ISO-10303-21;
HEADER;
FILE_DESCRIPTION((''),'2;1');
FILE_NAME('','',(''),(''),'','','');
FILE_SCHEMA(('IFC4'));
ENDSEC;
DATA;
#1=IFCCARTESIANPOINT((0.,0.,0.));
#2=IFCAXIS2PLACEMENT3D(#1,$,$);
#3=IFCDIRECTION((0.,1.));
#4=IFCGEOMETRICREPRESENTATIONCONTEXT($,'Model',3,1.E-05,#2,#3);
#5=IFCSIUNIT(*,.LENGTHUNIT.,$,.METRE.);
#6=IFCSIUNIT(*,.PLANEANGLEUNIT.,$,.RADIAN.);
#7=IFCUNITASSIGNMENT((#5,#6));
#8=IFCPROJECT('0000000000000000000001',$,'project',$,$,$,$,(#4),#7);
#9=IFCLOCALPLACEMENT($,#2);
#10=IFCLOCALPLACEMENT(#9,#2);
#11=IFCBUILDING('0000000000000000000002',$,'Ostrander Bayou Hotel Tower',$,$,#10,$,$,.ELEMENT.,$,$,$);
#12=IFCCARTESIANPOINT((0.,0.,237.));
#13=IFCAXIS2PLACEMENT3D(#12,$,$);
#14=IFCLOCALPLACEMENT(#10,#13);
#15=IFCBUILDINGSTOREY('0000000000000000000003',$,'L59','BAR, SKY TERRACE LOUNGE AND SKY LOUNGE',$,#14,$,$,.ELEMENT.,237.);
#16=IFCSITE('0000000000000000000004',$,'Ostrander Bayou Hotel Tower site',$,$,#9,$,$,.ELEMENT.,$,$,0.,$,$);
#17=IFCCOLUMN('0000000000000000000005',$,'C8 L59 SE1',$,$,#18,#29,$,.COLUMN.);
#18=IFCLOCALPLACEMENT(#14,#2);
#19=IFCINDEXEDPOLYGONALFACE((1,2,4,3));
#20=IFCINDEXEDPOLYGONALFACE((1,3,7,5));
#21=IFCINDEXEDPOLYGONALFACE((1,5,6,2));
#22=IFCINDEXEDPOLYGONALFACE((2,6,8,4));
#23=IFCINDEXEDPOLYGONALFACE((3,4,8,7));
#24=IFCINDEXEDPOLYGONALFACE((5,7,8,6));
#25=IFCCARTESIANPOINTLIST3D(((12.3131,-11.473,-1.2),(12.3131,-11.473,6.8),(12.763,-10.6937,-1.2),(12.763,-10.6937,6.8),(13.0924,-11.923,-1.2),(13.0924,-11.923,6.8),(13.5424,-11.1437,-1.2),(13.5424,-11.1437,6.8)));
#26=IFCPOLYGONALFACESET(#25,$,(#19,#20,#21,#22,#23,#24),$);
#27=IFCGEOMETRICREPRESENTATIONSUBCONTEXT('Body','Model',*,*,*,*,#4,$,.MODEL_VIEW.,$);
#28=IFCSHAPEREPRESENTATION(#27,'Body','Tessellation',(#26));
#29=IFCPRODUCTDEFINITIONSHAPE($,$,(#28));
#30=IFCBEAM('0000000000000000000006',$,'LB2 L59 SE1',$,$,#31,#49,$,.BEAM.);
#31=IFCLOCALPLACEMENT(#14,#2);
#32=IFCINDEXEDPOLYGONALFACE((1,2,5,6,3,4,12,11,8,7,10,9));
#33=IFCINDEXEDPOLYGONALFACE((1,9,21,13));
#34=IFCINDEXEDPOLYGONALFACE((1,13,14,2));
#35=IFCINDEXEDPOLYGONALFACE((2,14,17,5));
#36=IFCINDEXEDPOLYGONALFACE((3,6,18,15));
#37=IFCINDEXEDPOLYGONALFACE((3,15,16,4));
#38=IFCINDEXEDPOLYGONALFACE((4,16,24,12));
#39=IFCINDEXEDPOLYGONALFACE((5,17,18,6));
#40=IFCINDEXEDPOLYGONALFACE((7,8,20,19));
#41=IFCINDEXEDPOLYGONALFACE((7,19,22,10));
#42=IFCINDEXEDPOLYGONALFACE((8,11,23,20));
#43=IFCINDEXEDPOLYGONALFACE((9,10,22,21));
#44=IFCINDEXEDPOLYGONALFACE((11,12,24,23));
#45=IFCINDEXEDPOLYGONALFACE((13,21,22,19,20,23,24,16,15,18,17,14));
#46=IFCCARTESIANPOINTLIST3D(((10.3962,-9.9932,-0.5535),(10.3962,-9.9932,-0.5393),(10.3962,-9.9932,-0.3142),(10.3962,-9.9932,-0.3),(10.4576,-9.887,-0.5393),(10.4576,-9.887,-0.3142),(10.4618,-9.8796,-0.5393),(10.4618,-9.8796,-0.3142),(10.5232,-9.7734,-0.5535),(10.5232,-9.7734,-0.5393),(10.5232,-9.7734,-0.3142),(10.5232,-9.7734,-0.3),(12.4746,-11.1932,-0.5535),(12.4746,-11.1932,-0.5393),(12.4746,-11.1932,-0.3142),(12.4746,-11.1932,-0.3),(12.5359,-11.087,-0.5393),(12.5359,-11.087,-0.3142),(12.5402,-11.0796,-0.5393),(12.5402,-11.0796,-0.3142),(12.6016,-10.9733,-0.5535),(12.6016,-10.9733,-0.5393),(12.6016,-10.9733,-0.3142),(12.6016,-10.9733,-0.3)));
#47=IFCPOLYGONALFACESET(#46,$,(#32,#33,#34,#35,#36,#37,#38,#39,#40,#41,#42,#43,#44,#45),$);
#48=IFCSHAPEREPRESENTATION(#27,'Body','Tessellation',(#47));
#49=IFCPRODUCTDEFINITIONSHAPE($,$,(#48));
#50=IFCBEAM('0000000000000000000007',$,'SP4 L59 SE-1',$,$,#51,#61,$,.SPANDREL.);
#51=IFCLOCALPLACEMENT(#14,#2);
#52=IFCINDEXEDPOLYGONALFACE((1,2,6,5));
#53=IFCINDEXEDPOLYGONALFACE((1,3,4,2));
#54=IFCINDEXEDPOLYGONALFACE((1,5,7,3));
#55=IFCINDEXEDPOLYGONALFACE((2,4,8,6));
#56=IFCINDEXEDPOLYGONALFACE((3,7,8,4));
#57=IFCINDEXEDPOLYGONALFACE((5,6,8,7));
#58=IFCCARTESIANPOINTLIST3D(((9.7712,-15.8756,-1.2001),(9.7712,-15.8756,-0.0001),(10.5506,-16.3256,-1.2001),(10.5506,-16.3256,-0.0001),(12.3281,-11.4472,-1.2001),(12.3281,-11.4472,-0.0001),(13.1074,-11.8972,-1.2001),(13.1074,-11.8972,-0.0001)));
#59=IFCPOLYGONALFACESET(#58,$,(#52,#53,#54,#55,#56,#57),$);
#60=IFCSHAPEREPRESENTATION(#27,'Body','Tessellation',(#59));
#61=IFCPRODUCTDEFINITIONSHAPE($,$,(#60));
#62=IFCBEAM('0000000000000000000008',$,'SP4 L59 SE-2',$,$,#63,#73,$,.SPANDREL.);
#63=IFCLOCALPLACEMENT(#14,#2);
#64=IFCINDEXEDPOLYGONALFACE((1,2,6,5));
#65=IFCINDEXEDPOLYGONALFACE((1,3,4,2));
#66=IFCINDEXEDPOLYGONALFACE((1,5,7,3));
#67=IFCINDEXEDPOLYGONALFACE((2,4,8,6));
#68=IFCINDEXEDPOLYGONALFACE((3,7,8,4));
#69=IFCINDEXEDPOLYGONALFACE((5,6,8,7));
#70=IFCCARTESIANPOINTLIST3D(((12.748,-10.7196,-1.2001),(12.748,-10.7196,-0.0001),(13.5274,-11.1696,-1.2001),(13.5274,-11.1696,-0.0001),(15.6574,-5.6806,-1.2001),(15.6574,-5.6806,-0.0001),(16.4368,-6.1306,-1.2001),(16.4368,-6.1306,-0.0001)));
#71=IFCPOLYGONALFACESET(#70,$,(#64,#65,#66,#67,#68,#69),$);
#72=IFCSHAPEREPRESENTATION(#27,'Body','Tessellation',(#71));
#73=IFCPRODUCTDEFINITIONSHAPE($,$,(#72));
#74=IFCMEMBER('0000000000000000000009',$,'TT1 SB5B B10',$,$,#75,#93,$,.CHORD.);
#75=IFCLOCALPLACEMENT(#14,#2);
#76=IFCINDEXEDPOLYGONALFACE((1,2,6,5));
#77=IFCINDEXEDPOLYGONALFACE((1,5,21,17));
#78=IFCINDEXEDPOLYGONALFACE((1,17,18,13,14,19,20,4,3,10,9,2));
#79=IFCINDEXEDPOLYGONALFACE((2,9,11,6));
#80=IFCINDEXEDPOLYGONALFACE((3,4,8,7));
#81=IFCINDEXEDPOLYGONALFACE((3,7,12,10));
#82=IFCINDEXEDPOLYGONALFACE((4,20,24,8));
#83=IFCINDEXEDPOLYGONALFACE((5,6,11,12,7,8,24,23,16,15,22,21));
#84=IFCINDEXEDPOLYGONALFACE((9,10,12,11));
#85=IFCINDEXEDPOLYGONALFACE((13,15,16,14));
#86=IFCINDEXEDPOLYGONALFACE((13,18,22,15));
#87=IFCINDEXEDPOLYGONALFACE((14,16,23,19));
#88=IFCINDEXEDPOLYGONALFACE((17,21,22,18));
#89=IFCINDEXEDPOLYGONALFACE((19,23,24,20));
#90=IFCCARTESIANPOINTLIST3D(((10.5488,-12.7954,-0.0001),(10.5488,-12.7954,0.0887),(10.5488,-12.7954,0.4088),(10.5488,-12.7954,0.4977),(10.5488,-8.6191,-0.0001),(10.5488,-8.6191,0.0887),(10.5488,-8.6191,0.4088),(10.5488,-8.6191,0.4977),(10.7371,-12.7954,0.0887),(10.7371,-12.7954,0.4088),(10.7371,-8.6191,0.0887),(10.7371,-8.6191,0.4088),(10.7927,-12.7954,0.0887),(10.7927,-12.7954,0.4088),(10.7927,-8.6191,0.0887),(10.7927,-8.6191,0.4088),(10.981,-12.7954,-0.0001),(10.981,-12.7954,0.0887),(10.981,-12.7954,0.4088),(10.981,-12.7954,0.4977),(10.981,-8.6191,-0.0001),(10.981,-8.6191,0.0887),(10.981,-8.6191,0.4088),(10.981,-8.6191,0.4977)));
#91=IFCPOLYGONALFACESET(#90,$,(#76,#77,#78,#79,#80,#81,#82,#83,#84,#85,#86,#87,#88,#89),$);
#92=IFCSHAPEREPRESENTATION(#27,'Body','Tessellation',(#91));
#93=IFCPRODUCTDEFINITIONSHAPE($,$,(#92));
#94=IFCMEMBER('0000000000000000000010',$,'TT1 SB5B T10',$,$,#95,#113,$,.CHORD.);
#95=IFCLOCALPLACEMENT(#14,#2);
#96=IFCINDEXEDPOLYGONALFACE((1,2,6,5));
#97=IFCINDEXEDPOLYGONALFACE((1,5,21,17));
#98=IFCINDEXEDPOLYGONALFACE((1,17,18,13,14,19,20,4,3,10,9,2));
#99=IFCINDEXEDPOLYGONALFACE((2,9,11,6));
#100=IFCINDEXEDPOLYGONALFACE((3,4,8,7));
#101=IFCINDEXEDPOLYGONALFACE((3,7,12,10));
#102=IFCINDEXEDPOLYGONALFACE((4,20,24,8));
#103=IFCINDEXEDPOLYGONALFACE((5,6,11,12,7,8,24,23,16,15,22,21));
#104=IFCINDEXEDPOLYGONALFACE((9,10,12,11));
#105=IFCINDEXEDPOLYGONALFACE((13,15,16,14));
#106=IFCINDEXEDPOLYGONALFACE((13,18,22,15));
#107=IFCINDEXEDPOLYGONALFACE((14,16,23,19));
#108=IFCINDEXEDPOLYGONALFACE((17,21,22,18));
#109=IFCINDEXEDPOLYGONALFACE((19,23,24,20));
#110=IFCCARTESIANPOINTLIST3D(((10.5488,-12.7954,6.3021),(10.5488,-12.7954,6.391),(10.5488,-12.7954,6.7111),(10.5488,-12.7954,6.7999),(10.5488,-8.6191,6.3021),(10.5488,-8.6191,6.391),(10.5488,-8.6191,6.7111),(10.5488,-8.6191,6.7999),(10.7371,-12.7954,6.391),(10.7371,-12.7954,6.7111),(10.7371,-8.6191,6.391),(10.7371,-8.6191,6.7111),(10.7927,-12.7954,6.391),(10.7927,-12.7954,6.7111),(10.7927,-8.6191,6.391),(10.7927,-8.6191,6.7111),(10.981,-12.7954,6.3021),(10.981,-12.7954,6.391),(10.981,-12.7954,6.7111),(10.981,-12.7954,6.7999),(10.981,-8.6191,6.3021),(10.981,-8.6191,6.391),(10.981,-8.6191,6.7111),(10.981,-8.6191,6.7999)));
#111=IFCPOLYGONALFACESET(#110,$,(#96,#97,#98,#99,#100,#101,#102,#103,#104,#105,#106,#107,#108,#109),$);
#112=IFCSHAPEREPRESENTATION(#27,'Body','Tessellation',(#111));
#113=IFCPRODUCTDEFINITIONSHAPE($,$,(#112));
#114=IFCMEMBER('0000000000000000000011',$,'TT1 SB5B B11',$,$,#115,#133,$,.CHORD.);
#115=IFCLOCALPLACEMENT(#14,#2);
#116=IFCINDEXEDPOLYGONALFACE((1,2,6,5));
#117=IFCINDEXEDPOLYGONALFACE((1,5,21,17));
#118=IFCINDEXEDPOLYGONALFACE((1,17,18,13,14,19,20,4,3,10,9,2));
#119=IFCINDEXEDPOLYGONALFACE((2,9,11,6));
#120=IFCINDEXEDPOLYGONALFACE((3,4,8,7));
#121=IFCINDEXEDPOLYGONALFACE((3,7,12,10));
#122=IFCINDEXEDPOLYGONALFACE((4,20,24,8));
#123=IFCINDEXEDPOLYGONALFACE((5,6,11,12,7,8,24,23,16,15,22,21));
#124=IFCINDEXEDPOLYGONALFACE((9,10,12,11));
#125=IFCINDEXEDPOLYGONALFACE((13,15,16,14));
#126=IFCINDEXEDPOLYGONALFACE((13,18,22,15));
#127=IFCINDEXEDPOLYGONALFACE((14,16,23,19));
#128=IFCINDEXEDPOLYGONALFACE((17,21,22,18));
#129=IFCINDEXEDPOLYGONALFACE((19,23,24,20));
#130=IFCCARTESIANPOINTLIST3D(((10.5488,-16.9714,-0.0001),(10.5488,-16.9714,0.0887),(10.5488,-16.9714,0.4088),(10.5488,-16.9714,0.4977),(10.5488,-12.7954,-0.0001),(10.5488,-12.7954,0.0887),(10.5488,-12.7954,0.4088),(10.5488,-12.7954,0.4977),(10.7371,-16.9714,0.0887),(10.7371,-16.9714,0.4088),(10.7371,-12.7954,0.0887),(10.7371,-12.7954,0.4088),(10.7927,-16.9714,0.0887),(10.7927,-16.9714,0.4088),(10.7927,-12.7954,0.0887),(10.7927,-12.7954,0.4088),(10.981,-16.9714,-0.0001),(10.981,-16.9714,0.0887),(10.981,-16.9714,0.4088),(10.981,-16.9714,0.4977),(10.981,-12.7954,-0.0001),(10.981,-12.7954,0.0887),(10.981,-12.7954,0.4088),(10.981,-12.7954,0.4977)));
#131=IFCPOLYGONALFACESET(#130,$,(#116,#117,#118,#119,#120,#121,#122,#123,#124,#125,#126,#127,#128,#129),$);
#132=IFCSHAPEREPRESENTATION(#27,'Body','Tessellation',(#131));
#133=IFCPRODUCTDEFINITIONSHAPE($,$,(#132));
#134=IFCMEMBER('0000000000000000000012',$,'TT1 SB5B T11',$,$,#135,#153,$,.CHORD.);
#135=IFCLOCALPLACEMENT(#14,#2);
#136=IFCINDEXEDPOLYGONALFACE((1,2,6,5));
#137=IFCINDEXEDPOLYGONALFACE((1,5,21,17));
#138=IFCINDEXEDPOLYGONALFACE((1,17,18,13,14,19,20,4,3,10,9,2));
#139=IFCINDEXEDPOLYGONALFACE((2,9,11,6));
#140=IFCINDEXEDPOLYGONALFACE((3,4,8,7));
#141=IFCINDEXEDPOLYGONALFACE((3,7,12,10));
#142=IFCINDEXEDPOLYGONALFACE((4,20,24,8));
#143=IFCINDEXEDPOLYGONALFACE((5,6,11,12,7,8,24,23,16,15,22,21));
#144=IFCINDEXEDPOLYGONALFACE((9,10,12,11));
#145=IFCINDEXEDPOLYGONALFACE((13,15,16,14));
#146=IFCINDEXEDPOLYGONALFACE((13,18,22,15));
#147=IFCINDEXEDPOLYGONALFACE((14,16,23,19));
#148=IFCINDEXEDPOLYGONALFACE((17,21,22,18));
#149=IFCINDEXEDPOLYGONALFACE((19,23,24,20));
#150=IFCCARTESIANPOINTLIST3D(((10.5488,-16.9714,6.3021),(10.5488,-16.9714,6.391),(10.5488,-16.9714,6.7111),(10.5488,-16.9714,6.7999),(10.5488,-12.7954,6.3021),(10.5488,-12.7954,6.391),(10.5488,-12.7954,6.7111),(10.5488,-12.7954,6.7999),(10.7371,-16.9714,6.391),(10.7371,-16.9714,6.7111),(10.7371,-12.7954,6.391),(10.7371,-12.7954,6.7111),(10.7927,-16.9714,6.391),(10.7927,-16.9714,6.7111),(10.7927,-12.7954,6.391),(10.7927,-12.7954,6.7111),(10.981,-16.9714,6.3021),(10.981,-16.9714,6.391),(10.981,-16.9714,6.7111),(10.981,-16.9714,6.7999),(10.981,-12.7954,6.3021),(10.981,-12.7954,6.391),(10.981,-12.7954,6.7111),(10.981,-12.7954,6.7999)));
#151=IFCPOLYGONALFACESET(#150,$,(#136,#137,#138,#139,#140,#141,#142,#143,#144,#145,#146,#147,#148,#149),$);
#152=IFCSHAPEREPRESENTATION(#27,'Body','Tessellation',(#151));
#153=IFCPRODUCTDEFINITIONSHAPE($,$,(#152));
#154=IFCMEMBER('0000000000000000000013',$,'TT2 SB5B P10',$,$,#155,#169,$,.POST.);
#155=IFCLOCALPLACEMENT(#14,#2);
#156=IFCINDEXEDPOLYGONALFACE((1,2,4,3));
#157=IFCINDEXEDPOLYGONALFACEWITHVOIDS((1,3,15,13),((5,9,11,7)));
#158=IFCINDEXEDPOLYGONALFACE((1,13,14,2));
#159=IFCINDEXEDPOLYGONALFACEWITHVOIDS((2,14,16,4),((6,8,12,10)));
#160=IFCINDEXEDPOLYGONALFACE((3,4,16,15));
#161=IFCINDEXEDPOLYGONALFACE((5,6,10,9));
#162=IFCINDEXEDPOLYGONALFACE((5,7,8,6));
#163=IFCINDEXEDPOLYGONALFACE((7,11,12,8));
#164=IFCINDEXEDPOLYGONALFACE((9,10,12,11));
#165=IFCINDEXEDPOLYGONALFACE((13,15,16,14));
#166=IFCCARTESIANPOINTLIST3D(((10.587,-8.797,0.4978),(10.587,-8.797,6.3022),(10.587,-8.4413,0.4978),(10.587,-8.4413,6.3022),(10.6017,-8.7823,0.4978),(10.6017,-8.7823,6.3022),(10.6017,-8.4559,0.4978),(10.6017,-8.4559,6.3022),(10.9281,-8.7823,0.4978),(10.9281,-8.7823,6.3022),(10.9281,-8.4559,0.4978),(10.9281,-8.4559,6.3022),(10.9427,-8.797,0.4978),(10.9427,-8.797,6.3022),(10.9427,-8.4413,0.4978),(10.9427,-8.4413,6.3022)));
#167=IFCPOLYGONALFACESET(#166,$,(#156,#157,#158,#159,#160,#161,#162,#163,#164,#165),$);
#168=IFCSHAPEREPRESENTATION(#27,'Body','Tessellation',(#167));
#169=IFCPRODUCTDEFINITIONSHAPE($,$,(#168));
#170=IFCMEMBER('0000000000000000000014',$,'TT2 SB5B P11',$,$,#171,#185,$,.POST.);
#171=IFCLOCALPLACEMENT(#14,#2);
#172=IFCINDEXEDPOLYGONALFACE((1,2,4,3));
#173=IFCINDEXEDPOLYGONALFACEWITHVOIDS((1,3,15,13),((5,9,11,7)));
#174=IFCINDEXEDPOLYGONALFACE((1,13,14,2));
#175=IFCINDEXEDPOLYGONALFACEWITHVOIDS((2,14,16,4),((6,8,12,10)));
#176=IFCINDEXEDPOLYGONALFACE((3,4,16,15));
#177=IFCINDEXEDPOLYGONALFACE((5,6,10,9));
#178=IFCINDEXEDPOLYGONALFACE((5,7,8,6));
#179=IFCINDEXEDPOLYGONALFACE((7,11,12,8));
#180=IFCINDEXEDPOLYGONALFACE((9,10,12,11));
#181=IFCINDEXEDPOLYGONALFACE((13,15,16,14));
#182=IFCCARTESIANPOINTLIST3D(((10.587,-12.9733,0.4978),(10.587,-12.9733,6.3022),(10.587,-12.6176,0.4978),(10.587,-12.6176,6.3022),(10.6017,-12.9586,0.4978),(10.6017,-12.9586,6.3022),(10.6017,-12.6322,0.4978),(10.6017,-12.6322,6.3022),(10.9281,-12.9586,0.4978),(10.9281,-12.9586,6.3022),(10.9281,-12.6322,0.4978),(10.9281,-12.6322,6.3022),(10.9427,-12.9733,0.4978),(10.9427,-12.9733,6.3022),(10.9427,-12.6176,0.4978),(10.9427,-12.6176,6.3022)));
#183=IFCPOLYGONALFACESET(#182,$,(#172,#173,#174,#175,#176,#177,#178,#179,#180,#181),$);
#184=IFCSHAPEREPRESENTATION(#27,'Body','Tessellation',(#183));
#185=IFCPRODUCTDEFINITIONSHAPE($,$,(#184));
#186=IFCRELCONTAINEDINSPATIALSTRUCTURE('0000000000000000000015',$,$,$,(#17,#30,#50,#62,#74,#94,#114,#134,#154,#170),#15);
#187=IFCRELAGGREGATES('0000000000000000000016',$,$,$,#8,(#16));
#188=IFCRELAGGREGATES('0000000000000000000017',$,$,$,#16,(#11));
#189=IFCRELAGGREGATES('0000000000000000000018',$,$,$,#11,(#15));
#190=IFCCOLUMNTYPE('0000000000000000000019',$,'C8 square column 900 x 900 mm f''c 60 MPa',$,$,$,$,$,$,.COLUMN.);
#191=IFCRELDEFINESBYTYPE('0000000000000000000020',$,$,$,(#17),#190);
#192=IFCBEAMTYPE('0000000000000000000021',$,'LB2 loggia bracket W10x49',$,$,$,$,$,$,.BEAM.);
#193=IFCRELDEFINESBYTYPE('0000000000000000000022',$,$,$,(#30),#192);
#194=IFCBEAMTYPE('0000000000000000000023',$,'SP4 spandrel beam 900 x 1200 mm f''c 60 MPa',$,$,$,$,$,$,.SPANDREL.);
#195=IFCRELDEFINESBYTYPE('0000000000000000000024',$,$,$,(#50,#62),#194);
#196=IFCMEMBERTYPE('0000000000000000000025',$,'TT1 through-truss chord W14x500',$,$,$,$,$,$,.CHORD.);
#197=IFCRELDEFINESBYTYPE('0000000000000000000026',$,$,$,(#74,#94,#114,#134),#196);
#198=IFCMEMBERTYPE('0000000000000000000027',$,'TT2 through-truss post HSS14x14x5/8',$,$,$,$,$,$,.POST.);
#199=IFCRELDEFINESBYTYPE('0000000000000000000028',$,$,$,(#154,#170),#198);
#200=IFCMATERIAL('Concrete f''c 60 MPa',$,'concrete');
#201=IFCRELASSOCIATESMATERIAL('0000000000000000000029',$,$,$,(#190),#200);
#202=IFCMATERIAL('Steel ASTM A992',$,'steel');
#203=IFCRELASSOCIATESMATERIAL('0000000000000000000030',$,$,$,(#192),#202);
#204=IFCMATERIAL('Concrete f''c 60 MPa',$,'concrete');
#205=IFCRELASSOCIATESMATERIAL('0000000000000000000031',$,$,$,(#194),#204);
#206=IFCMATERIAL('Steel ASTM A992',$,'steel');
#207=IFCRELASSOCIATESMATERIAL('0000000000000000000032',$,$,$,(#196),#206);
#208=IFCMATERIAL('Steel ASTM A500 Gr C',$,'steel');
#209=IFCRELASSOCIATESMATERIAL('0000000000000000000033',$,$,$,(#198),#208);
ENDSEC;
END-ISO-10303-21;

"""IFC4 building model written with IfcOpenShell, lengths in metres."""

from ifc_helpers import new_model, si_unit, direction, frame, origin, origin_2d, place, context, subcontext, project, spatial, rectangle, hollow_rectangle, i_section, extrude, material, material_profile, profile_set, type_object, element, save


model = new_model("IFC4")

# Units and contexts
model_context = context("Model", 3, precision=1e-05, world=origin(), true_north=direction((0.0, 1.0)))
body_context = subcontext(model_context, "Body", "Model", "MODEL_VIEW")
ifc_project = project(units=[si_unit("LENGTHUNIT", "METRE"), si_unit("PLANEANGLEUNIT", "RADIAN")], contexts=[model_context])

# Site, building, storey
site_placement = place(None, origin())
site = spatial("IfcSite", under=ifc_project, at=site_placement, Name="Ostrander Bayou Hotel Tower site", CompositionType="ELEMENT", RefElevation=0.0)
building_placement = place(site_placement, origin())
building = spatial("IfcBuilding", under=site, at=building_placement, Name="Ostrander Bayou Hotel Tower", CompositionType="ELEMENT")
storey_placement = place(building_placement, frame((0.0, 0.0, 237.0)))
storey = spatial("IfcBuildingStorey", under=building, at=storey_placement, Name="L59", Description="BAR, SKY TERRACE LOUNGE AND SKY LOUNGE", CompositionType="ELEMENT", Elevation=237.0)

# Column
ifc_material_1 = material(Name="Concrete f'c 60 MPa", Category="concrete")
ifc_material_profile_1 = material_profile(ifc_material_1, rectangle(XDim=0.8999, YDim=0.8999, at=origin_2d()))
ifc_profile_set_1 = profile_set([ifc_material_profile_1], Name="Concrete f'c 60 MPa")
column_type = type_object("IfcColumnType", Name="C8 square column 900 x 900 mm f'c 60 MPa", PredefinedType="COLUMN", material=ifc_profile_set_1)
column_placement = place(storey_placement, frame((12.9277, -11.3083, -1.2), z_axis=(0.0, 0.0, 1.0), x_axis=(-0.5, -0.866025, 0.0)))
element("IfcColumn", 1, at=column_placement, inside=storey, type_object=column_type, Name="C8 L59 SE1", PredefinedType="COLUMN", context=body_context, shape_type="SweptSolid", body=[
    extrude(rectangle(XDim=0.8999, YDim=0.8999, at=origin_2d()), origin(), (0.0, 0.0, 1.0), 8.0),
])

# Beams
ifc_material_2 = material(Name="Steel ASTM A992", Category="steel")
ifc_material_profile_2 = material_profile(ifc_material_2, i_section(OverallWidth=0.2539, OverallDepth=0.2534, WebThickness=0.0085, FlangeThickness=0.0142, at=origin_2d()))
ifc_profile_set_2 = profile_set([ifc_material_profile_2], Name="Steel ASTM A992")
beam_type_1 = type_object("IfcBeamType", Name="LB2 loggia bracket W10x49", PredefinedType="BEAM", material=ifc_profile_set_2)
beam_1_placement = place(storey_placement, frame((12.5381, -11.0833, -0.4268), z_axis=(-0.866025, 0.500001, 0.0), x_axis=(-0.500001, -0.866025, 0.0)))
element("IfcBeam", 2, at=beam_1_placement, inside=storey, type_object=beam_type_1, Name="LB2 L59 SE1", PredefinedType="BEAM", context=body_context, shape_type="SweptSolid", body=[
    extrude(i_section(OverallWidth=0.2539, OverallDepth=0.2534, WebThickness=0.0085, FlangeThickness=0.0142, at=origin_2d()), origin(), (0.0, 0.0, 1.0), 2.3999),
])
ifc_material_3 = material(Name="Concrete f'c 60 MPa", Category="concrete")
ifc_material_profile_3 = material_profile(ifc_material_3, rectangle(XDim=0.8999, YDim=1.2, at=origin_2d()))
ifc_profile_set_3 = profile_set([ifc_material_profile_3], Name="Concrete f'c 60 MPa")
beam_type_2 = type_object("IfcBeamType", Name="SP4 spandrel beam 900 x 1200 mm f'c 60 MPa", PredefinedType="SPANDREL", material=ifc_profile_set_3)
beam_2_placement = place(storey_placement, frame((10.1609, -16.1006, -0.6001), z_axis=(0.500016, 0.866016, 0.0), x_axis=(-0.866016, 0.500016, 0.0)))
element("IfcBeam", 3, at=beam_2_placement, inside=storey, type_object=beam_type_2, Name="SP4 L59 SE-1", PredefinedType="SPANDREL", context=body_context, shape_type="SweptSolid", body=[
    extrude(rectangle(XDim=0.8999, YDim=1.2, at=origin_2d()), origin(), (0.0, 0.0, 1.0), 5.1135),
])
beam_3_placement = place(storey_placement, frame((13.1377, -10.9446, -0.6001), z_axis=(0.500015, 0.866016, 0.0), x_axis=(-0.866016, 0.500015, 0.0)))
element("IfcBeam", 4, at=beam_3_placement, inside=storey, type_object=beam_type_2, Name="SP4 L59 SE-2", PredefinedType="SPANDREL", context=body_context, shape_type="SweptSolid", body=[
    extrude(rectangle(XDim=0.8999, YDim=1.2, at=origin_2d()), origin(), (0.0, 0.0, 1.0), 5.8186),
])

# Members
ifc_material_4 = material(Name="Steel ASTM A992", Category="steel")
ifc_material_profile_4 = material_profile(ifc_material_4, i_section(OverallWidth=0.4321, OverallDepth=0.4978, WebThickness=0.0557, FlangeThickness=0.0889, at=origin_2d()))
ifc_profile_set_4 = profile_set([ifc_material_profile_4], Name="Steel ASTM A992")
member_type_1 = type_object("IfcMemberType", Name="TT1 through-truss chord W14x500", PredefinedType="CHORD", material=ifc_profile_set_4)
for number, where, z_axis, x_axis, name in (
    (5, (10.7649, -8.6191, 0.2488), (0.0, -1.0, 0.0), (1.0, 0.0, 0.0), "TT1 SB5B B10"),
    (6, (10.7649, -8.6191, 6.551), (0.0, -1.0, 0.0), (1.0, 0.0, 0.0), "TT1 SB5B T10"),
):
    element("IfcMember", number, at=place(storey_placement, frame(where, z_axis=z_axis, x_axis=x_axis)), inside=storey, type_object=member_type_1, Name=name, PredefinedType="CHORD", context=body_context, shape_type="SweptSolid", body=[
        extrude(i_section(OverallWidth=0.4321, OverallDepth=0.4978, WebThickness=0.0557, FlangeThickness=0.0889, at=origin_2d()), origin(), (0.0, 0.0, 1.0), 4.1763),
    ])
for number, where, z_axis, x_axis, name in (
    (7, (10.7649, -12.7954, 0.2488), (0.0, -1.0, 0.0), (1.0, 0.0, 0.0), "TT1 SB5B B11"),
    (8, (10.7649, -12.7954, 6.551), (0.0, -1.0, 0.0), (1.0, 0.0, 0.0), "TT1 SB5B T11"),
):
    element("IfcMember", number, at=place(storey_placement, frame(where, z_axis=z_axis, x_axis=x_axis)), inside=storey, type_object=member_type_1, Name=name, PredefinedType="CHORD", context=body_context, shape_type="SweptSolid", body=[
        extrude(i_section(OverallWidth=0.4321, OverallDepth=0.4978, WebThickness=0.0557, FlangeThickness=0.0889, at=origin_2d()), origin(), (0.0, 0.0, 1.0), 4.176),
    ])
ifc_material_5 = material(Name="Steel ASTM A500 Gr C", Category="steel")
ifc_material_profile_5 = material_profile(ifc_material_5, hollow_rectangle(XDim=0.3557, YDim=0.3557, WallThickness=0.0146, at=origin_2d()))
ifc_profile_set_5 = profile_set([ifc_material_profile_5], Name="Steel ASTM A500 Gr C")
member_type_2 = type_object("IfcMemberType", Name="TT2 through-truss post HSS14x14x5/8", PredefinedType="POST", material=ifc_profile_set_5)
for number, where, z_axis, x_axis, name in (
    (9, (10.7649, -8.6191, 0.4978), (0.0, 0.0, 1.0), (1.0, 0.0, 0.0), "TT2 SB5B P10"),
    (10, (10.7649, -12.7954, 0.4978), (0.0, 0.0, 1.0), (1.0, 0.0, 0.0), "TT2 SB5B P11"),
):
    element("IfcMember", number, at=place(storey_placement, frame(where, z_axis=z_axis, x_axis=x_axis)), inside=storey, type_object=member_type_2, Name=name, PredefinedType="POST", context=body_context, shape_type="SweptSolid", body=[
        extrude(hollow_rectangle(XDim=0.3557, YDim=0.3557, WallThickness=0.0146, at=origin_2d()), origin(), (0.0, 0.0, 1.0), 5.8044),
    ])

save(model, "model.ifc")
